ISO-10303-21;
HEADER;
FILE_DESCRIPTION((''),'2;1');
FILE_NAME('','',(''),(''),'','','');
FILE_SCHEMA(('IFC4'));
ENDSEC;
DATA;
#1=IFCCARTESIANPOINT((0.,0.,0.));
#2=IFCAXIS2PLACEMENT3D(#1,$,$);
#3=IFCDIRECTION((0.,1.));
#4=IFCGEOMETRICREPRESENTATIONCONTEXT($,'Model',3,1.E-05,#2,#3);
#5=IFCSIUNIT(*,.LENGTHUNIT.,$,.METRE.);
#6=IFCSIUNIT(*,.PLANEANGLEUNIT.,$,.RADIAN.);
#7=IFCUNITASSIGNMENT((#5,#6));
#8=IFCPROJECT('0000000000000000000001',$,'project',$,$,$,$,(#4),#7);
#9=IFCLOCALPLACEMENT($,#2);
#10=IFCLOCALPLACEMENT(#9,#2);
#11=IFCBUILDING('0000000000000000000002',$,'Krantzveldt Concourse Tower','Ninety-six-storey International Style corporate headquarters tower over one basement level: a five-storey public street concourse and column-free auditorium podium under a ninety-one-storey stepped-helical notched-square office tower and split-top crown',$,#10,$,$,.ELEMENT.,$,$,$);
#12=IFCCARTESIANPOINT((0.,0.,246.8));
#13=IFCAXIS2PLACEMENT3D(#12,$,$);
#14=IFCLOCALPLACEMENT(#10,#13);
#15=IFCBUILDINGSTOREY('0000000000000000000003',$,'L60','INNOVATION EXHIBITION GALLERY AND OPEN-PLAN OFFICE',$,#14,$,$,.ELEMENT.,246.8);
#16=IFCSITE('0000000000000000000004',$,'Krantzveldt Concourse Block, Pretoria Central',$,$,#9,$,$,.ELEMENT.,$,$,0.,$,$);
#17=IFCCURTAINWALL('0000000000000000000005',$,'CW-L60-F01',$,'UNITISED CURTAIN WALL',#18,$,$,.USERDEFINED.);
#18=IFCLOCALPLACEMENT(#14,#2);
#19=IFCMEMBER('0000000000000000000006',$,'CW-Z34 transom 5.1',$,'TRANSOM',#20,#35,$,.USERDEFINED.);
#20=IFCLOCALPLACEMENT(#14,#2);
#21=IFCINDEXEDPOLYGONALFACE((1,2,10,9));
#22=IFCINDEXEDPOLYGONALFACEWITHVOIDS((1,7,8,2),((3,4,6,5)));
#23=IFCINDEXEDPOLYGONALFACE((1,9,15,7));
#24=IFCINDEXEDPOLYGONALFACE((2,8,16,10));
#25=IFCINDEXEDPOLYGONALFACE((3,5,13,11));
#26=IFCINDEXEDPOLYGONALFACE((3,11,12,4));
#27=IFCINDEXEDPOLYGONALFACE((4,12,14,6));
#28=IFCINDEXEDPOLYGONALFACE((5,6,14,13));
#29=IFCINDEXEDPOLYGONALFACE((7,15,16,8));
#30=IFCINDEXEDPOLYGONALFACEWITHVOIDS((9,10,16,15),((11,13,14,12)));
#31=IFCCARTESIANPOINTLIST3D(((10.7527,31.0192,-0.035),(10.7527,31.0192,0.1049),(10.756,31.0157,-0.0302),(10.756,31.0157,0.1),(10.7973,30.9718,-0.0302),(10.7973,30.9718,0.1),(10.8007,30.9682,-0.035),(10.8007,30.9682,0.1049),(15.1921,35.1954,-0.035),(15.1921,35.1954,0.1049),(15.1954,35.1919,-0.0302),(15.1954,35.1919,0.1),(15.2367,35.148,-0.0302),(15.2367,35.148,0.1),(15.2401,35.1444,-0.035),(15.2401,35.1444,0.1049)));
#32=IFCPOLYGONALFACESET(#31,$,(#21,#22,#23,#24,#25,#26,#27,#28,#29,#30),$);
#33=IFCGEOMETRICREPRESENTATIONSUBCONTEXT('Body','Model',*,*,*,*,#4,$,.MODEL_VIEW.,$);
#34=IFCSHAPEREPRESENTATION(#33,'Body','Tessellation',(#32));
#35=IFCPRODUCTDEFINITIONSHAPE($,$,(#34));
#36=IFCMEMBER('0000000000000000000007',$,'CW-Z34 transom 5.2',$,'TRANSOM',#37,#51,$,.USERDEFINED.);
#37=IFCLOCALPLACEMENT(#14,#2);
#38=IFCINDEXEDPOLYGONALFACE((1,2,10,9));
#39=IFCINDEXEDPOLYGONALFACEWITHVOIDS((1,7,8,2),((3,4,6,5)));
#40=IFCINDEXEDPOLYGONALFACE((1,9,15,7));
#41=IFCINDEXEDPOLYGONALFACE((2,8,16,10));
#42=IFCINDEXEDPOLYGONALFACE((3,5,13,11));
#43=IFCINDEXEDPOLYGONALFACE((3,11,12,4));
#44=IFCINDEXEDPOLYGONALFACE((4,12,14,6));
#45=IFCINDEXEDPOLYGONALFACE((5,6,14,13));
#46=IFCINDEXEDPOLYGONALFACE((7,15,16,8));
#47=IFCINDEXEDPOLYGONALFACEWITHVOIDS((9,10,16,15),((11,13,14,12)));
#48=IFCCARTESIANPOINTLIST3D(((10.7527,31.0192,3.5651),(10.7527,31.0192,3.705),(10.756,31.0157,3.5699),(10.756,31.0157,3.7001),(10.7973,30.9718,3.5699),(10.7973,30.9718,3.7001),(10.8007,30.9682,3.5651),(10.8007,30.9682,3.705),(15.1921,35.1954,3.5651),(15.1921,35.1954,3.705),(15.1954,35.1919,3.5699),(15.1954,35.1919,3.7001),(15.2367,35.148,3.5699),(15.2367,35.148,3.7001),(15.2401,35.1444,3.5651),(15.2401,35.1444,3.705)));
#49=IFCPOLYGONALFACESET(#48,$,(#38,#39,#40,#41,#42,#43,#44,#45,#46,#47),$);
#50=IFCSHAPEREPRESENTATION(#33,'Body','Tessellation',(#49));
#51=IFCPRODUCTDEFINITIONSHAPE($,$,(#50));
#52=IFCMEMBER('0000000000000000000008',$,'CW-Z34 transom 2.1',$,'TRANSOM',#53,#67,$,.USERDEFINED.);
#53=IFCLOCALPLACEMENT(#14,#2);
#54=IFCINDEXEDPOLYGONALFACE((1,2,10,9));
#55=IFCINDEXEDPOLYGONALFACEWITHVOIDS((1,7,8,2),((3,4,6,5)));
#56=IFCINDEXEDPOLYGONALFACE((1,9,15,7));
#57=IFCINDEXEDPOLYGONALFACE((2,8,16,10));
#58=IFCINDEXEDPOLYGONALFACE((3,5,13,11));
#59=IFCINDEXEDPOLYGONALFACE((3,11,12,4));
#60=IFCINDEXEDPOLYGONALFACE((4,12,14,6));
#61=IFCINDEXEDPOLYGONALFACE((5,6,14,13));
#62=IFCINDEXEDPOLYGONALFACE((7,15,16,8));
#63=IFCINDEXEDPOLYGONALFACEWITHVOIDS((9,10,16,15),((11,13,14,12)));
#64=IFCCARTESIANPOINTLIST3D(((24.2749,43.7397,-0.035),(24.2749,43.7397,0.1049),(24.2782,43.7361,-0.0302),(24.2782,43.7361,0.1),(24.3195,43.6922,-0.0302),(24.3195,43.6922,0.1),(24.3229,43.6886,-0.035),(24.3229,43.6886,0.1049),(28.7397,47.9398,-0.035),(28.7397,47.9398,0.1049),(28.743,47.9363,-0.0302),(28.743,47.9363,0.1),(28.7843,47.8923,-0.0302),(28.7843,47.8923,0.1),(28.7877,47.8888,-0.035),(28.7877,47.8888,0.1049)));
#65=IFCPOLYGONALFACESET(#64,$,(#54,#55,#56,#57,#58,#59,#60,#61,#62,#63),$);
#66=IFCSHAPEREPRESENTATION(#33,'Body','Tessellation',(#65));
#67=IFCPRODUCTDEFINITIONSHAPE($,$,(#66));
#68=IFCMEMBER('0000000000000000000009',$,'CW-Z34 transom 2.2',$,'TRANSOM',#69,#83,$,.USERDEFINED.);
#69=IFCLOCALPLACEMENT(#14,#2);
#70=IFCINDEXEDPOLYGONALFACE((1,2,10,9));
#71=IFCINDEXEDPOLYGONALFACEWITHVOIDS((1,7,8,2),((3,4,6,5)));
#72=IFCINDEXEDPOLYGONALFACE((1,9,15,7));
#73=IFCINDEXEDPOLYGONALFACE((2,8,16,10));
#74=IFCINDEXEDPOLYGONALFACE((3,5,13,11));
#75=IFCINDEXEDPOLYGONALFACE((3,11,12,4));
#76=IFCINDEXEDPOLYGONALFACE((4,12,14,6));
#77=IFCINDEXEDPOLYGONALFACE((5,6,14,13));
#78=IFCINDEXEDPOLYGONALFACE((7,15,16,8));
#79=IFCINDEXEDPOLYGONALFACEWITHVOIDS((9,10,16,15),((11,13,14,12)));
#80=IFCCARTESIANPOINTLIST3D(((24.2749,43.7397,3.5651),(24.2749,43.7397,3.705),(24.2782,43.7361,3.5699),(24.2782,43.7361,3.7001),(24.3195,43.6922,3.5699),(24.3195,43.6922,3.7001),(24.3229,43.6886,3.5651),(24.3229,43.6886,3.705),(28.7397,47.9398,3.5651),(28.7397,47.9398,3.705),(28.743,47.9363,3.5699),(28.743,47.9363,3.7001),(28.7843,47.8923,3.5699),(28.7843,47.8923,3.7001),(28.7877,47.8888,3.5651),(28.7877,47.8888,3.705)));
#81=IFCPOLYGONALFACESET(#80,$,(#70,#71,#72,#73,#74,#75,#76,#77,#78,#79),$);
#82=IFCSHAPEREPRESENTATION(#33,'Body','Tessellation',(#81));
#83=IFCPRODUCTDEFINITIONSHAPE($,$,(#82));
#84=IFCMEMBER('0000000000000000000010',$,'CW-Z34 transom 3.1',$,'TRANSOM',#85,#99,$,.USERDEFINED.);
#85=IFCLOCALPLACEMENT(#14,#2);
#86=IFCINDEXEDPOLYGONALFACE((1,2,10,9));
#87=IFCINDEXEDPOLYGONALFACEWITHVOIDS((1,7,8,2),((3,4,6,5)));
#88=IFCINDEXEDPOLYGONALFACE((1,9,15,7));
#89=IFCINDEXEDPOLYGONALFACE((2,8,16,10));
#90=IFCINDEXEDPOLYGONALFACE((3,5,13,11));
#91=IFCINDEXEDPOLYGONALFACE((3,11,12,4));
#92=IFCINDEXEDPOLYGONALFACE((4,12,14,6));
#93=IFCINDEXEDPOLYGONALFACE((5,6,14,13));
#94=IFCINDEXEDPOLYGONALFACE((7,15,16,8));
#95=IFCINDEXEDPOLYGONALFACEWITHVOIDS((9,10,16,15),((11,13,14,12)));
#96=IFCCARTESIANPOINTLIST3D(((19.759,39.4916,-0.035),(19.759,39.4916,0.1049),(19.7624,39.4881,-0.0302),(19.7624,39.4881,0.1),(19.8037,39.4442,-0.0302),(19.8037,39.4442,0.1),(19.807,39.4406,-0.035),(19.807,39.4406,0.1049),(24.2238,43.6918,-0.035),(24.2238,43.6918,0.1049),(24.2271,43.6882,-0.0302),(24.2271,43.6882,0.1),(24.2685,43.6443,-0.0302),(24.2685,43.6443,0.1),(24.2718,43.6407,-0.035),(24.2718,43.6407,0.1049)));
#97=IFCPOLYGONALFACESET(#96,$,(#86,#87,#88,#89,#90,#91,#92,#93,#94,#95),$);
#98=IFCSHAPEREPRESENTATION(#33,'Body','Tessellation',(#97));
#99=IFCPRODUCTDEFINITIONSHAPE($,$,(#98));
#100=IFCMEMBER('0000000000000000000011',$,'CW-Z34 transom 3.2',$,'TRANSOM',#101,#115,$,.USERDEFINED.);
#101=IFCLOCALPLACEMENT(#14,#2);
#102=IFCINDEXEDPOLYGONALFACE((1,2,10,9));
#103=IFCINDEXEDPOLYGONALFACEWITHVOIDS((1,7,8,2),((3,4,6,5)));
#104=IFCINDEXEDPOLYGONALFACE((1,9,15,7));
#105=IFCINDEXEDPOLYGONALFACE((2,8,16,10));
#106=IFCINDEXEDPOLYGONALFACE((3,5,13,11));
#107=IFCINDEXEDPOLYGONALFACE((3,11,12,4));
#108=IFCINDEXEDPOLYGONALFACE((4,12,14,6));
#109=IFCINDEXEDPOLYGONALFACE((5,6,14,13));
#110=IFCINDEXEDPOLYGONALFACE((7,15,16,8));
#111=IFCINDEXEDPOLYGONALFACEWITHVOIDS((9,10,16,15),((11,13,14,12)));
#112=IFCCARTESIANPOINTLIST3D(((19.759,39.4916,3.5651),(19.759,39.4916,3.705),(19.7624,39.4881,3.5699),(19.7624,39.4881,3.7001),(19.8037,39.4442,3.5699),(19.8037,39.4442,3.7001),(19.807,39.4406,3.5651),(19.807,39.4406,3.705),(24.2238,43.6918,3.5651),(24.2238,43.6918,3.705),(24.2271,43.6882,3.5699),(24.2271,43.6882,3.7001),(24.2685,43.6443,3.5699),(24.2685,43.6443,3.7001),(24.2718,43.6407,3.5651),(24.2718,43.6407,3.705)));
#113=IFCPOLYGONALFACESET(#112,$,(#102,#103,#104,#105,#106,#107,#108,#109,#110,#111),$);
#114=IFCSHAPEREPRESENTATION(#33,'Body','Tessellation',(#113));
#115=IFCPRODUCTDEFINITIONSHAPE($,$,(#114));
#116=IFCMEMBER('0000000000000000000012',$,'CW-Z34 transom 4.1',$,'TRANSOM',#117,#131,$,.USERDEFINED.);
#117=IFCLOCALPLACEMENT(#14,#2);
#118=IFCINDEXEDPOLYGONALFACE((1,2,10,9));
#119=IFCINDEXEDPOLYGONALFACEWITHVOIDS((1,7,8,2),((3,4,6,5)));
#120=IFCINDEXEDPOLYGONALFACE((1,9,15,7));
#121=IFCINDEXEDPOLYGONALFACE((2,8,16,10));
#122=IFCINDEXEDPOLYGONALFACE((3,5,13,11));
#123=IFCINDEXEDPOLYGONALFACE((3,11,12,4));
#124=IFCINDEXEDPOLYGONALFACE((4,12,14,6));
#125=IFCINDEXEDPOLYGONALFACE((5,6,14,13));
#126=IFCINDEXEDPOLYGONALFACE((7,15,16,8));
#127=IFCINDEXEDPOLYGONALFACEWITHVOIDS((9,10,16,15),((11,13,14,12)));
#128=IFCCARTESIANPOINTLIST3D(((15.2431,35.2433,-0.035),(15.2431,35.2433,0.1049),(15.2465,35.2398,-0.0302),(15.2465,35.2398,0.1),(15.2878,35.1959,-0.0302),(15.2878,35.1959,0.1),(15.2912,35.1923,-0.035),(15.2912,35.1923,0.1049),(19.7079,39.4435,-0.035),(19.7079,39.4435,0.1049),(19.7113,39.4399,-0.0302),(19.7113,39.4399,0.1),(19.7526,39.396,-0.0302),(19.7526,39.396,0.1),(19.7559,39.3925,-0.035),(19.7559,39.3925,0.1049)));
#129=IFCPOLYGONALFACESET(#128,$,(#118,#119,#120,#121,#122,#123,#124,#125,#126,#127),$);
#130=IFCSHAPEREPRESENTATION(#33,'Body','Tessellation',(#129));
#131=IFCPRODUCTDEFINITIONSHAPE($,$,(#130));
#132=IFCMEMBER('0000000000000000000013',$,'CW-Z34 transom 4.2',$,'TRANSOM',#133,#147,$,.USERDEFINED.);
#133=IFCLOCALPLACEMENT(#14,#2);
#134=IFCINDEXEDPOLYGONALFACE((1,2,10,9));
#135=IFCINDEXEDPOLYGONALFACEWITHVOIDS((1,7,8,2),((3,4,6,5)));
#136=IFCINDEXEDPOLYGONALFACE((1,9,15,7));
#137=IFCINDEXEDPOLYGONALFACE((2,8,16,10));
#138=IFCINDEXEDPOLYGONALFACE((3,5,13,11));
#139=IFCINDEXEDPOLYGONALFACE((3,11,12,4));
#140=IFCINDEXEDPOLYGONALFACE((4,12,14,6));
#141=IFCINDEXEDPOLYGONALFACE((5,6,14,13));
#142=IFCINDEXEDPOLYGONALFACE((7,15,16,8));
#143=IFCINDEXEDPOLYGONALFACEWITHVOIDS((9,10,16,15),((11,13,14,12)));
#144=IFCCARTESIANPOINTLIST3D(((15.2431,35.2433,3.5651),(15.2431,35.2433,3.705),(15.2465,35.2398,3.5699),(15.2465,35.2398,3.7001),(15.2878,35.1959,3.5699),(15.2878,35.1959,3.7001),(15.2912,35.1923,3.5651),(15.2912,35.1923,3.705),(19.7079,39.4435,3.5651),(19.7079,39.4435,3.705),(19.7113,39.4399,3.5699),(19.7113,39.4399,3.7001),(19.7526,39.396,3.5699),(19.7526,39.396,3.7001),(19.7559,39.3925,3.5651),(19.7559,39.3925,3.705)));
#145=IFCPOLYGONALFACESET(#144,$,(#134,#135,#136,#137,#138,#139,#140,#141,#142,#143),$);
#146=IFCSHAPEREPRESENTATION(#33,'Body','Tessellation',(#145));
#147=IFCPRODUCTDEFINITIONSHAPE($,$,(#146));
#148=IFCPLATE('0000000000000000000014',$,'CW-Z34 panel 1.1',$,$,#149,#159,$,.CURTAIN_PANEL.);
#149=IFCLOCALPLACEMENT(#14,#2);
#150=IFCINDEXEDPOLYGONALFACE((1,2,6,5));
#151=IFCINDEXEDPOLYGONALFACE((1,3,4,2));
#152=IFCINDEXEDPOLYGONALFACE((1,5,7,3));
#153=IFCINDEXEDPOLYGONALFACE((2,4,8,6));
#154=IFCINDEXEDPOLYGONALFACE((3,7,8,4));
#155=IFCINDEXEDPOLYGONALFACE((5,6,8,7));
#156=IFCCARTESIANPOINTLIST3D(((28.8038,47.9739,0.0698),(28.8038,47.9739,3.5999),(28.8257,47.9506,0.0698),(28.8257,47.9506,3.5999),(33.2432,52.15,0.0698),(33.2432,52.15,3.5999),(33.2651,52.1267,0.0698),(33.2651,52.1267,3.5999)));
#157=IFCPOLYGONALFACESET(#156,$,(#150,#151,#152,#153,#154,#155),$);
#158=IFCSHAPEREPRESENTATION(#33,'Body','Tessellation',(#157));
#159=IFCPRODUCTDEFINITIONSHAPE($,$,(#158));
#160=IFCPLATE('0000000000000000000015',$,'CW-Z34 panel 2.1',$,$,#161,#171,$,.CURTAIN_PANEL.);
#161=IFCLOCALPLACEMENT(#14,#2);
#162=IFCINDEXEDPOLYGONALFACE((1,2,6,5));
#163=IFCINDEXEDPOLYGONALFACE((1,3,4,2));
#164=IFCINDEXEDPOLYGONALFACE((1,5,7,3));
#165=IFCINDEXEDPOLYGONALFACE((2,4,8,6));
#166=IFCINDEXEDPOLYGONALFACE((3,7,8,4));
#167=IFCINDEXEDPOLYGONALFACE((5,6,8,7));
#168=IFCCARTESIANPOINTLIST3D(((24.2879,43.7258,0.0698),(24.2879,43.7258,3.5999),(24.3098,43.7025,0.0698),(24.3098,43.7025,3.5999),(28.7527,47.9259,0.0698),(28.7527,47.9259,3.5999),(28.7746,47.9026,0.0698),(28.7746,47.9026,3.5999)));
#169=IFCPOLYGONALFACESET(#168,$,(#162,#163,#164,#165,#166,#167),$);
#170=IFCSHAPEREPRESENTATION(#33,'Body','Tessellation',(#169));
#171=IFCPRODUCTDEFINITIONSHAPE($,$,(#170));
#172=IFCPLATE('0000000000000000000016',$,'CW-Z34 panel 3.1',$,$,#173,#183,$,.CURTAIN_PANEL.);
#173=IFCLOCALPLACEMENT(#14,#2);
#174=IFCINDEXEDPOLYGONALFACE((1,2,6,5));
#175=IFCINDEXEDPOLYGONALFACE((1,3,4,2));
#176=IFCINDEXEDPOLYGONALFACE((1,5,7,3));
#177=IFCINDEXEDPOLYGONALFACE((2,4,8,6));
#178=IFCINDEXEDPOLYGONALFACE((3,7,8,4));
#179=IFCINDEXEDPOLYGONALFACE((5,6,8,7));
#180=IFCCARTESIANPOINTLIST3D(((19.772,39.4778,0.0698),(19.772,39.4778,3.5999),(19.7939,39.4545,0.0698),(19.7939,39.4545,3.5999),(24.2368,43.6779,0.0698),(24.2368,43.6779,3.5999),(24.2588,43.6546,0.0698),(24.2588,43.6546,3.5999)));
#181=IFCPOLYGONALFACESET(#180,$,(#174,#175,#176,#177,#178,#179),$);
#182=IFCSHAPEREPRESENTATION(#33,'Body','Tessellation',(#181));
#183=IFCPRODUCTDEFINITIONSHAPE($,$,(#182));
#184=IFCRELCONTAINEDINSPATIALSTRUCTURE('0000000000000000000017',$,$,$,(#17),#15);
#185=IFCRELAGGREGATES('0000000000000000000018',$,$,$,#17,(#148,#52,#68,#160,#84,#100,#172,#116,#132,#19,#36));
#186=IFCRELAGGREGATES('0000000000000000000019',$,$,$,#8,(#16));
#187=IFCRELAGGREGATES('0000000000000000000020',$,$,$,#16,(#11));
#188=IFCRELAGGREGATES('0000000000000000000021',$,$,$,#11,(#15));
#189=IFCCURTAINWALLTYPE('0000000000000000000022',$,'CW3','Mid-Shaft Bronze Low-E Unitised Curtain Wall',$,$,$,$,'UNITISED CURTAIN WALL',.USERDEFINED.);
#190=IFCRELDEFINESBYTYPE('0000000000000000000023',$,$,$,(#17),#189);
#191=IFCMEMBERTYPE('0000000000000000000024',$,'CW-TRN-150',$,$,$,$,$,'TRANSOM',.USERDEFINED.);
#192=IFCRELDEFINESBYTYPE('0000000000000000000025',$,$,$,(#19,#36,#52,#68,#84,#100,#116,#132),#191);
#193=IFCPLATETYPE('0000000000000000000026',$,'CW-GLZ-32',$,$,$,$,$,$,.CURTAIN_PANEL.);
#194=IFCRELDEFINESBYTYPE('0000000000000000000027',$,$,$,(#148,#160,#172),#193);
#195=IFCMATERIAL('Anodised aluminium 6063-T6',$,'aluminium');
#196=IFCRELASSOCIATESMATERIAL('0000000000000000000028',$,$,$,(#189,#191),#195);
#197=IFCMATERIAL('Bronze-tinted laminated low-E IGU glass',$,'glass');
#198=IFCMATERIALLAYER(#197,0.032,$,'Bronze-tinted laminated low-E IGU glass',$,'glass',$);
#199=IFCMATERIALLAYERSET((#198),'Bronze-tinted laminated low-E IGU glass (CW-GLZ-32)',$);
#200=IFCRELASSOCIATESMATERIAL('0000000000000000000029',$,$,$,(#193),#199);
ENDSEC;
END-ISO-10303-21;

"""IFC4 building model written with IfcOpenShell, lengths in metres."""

from ifc_helpers import new_model, si_unit, direction, frame, origin, origin_2d, place, context, subcontext, project, spatial, rectangle, hollow_rectangle, extrude, source, transform, mapped, material, layer, layer_set, material_profile, profile_set, type_object, type_shapes, element, aggregate, save


model = new_model("IFC4")

# Units and contexts
model_context = context("Model", 3, precision=1e-05, world=origin(), true_north=direction((0.0, 1.0)))
body_context = subcontext(model_context, "Body", "Model", "MODEL_VIEW")
ifc_project = project(units=[si_unit("LENGTHUNIT", "METRE"), si_unit("PLANEANGLEUNIT", "RADIAN")], contexts=[model_context])

# Site, building, storey
site_placement = place(None, origin())
site = spatial("IfcSite", under=ifc_project, at=site_placement, Name="Krantzveldt Concourse Block, Pretoria Central", CompositionType="ELEMENT", RefElevation=0.0)
building_placement = place(site_placement, origin())
building = spatial("IfcBuilding", under=site, at=building_placement, Name="Krantzveldt Concourse Tower", Description="Ninety-six-storey International Style corporate headquarters tower over one basement level: a five-storey public street concourse and column-free auditorium podium under a ninety-one-storey stepped-helical notched-square office tower and split-top crown", CompositionType="ELEMENT")
storey_placement = place(building_placement, frame((0.0, 0.0, 246.8)))
storey = spatial("IfcBuildingStorey", under=building, at=storey_placement, Name="L60", Description="INNOVATION EXHIBITION GALLERY AND OPEN-PLAN OFFICE", CompositionType="ELEMENT", Elevation=246.8)

# Curtain wall, members, plates
ifc_material_1 = material(Name="Anodised aluminium 6063-T6", Category="aluminium")
curtain_wall_type = type_object("IfcCurtainWallType", Name="CW3", Description="Mid-Shaft Bronze Low-E Unitised Curtain Wall", ElementType="UNITISED CURTAIN WALL", PredefinedType="USERDEFINED", material=ifc_material_1)
curtain_wall_placement = place(storey_placement, origin())
curtain_wall = element("IfcCurtainWall", 1, at=curtain_wall_placement, inside=storey, type_object=curtain_wall_type, Name="CW-L60-F01", ObjectType="UNITISED CURTAIN WALL", PredefinedType="USERDEFINED")
ifc_material_profile_1 = material_profile(ifc_material_1, hollow_rectangle(XDim=0.0701, YDim=0.1399, WallThickness=0.0049, at=origin_2d()), Name="Anodised aluminium 6063-T6", Category="aluminium")
ifc_profile_set_1 = profile_set([ifc_material_profile_1], Name="Anodised aluminium 6063-T6 - ALU-TRAN 140x70x5")
member_type_1 = type_object("IfcMemberType", Name="CW-TRN-150", ElementType="TRANSOM", PredefinedType="USERDEFINED", material=ifc_profile_set_1)
shared_shape_1 = source(origin(), body_context, "Body", "SweptSolid", [
    extrude(hollow_rectangle(XDim=0.0701, YDim=0.1399, WallThickness=0.0049, at=origin_2d()), origin(), (0.0, 0.0, 1.0), 6.095),
])
member_1_placement = place(storey_placement, frame((15.2161, 35.1699, 0.0349), z_axis=(-0.728367, -0.685187, 0.0), x_axis=(0.685187, -0.728367, 0.0)))
member_1 = element("IfcMember", 2, at=member_1_placement, type_object=member_type_1, Name="CW-Z34 transom 5.1", ObjectType="TRANSOM", PredefinedType="USERDEFINED", context=body_context, shape_type="MappedRepresentation", body=[
    mapped(shared_shape_1, transform((0.0, 0.0, 0.0), x_axis=(1.0, 0.0, 0.0), y_axis=(0.0, 1.0, 0.0), z_axis=(0.0, 0.0, 1.0), scale=1.0)),
])
member_2_placement = place(storey_placement, frame((15.2161, 35.1699, 3.635), z_axis=(-0.728367, -0.685187, 0.0), x_axis=(0.685187, -0.728367, 0.0)))
member_2 = element("IfcMember", 3, at=member_2_placement, type_object=member_type_1, Name="CW-Z34 transom 5.2", ObjectType="TRANSOM", PredefinedType="USERDEFINED", context=body_context, shape_type="MappedRepresentation", body=[
    mapped(shared_shape_1, transform((0.0, 0.0, 0.0), x_axis=(1.0, 0.0, 0.0), y_axis=(0.0, 1.0, 0.0), z_axis=(0.0, 0.0, 1.0), scale=1.0)),
])
shared_shape_2 = source(origin(), body_context, "Body", "SweptSolid", [
    extrude(hollow_rectangle(XDim=0.0701, YDim=0.1399, WallThickness=0.0049, at=origin_2d()), origin(), (0.0, 0.0, 1.0), 6.1299),
])
type_shapes(member_type_1, [shared_shape_1, shared_shape_2])
member_3_placement = place(storey_placement, frame((28.7637, 47.9143, 0.0349), z_axis=(-0.728364, -0.685191, 0.0), x_axis=(0.685191, -0.728364, 0.0)))
member_3 = element("IfcMember", 4, at=member_3_placement, type_object=member_type_1, Name="CW-Z34 transom 2.1", ObjectType="TRANSOM", PredefinedType="USERDEFINED", context=body_context, shape_type="MappedRepresentation", body=[
    mapped(shared_shape_2, transform((0.0, 0.0, 0.0), x_axis=(1.0, 0.0, 0.0), y_axis=(0.0, 1.0, 0.0), z_axis=(0.0, 0.0, 1.0), scale=1.0)),
])
member_4_placement = place(storey_placement, frame((28.7637, 47.9143, 3.635), z_axis=(-0.728364, -0.685191, 0.0), x_axis=(0.685191, -0.728364, 0.0)))
member_4 = element("IfcMember", 5, at=member_4_placement, type_object=member_type_1, Name="CW-Z34 transom 2.2", ObjectType="TRANSOM", PredefinedType="USERDEFINED", context=body_context, shape_type="MappedRepresentation", body=[
    mapped(shared_shape_2, transform((0.0, 0.0, 0.0), x_axis=(1.0, 0.0, 0.0), y_axis=(0.0, 1.0, 0.0), z_axis=(0.0, 0.0, 1.0), scale=1.0)),
])
member_5_placement = place(storey_placement, frame((24.2478, 43.6663, 0.0349), z_axis=(-0.728364, -0.685191, 0.0), x_axis=(0.685191, -0.728364, 0.0)))
member_5 = element("IfcMember", 6, at=member_5_placement, type_object=member_type_1, Name="CW-Z34 transom 3.1", ObjectType="TRANSOM", PredefinedType="USERDEFINED", context=body_context, shape_type="MappedRepresentation", body=[
    mapped(shared_shape_2, transform((0.0, 0.0, 0.0), x_axis=(1.0, 0.0, 0.0), y_axis=(0.0, 1.0, 0.0), z_axis=(0.0, 0.0, 1.0), scale=1.0)),
])
member_6_placement = place(storey_placement, frame((24.2478, 43.6663, 3.635), z_axis=(-0.728364, -0.685191, 0.0), x_axis=(0.685191, -0.728364, 0.0)))
member_6 = element("IfcMember", 7, at=member_6_placement, type_object=member_type_1, Name="CW-Z34 transom 3.2", ObjectType="TRANSOM", PredefinedType="USERDEFINED", context=body_context, shape_type="MappedRepresentation", body=[
    mapped(shared_shape_2, transform((0.0, 0.0, 0.0), x_axis=(1.0, 0.0, 0.0), y_axis=(0.0, 1.0, 0.0), z_axis=(0.0, 0.0, 1.0), scale=1.0)),
])
member_7_placement = place(storey_placement, frame((19.7319, 39.418, 0.0349), z_axis=(-0.728364, -0.685191, 0.0), x_axis=(0.685191, -0.728364, 0.0)))
member_7 = element("IfcMember", 8, at=member_7_placement, type_object=member_type_1, Name="CW-Z34 transom 4.1", ObjectType="TRANSOM", PredefinedType="USERDEFINED", context=body_context, shape_type="MappedRepresentation", body=[
    mapped(shared_shape_2, transform((0.0, 0.0, 0.0), x_axis=(1.0, 0.0, 0.0), y_axis=(0.0, 1.0, 0.0), z_axis=(0.0, 0.0, 1.0), scale=1.0)),
])
member_8_placement = place(storey_placement, frame((19.7319, 39.418, 3.635), z_axis=(-0.728364, -0.685191, 0.0), x_axis=(0.685191, -0.728364, 0.0)))
member_8 = element("IfcMember", 9, at=member_8_placement, type_object=member_type_1, Name="CW-Z34 transom 4.2", ObjectType="TRANSOM", PredefinedType="USERDEFINED", context=body_context, shape_type="MappedRepresentation", body=[
    mapped(shared_shape_2, transform((0.0, 0.0, 0.0), x_axis=(1.0, 0.0, 0.0), y_axis=(0.0, 1.0, 0.0), z_axis=(0.0, 0.0, 1.0), scale=1.0)),
])
ifc_material_2 = material(Name="Bronze-tinted laminated low-E IGU glass", Category="glass")
ifc_layer_1 = layer(ifc_material_2, 0.032, Name="Bronze-tinted laminated low-E IGU glass", Category="glass")
ifc_layer_set_1 = layer_set([ifc_layer_1], Name="Bronze-tinted laminated low-E IGU glass (CW-GLZ-32)")
plate_type = type_object("IfcPlateType", Name="CW-GLZ-32", PredefinedType="CURTAIN_PANEL", material=ifc_layer_set_1)
shared_shape_3 = source(origin(), body_context, "Body", "SweptSolid", [
    extrude(rectangle(XDim=6.095, YDim=0.032, at=origin_2d()), origin(), (0.0, 0.0, 1.0), 3.53),
])
plate_1_placement = place(storey_placement, frame((31.0344, 50.0503, 0.0698), z_axis=(0.0, 0.0, 1.0), x_axis=(-0.728371, -0.685183, 0.0)))
plate_1 = element("IfcPlate", 10, at=plate_1_placement, type_object=plate_type, Name="CW-Z34 panel 1.1", PredefinedType="CURTAIN_PANEL", context=body_context, shape_type="MappedRepresentation", body=[
    mapped(shared_shape_3, transform((0.0, 0.0, 0.0), x_axis=(1.0, 0.0, 0.0), y_axis=(0.0, 1.0, 0.0), z_axis=(0.0, 0.0, 1.0), scale=1.0)),
])
shared_shape_4 = source(origin(), body_context, "Body", "SweptSolid", [
    extrude(rectangle(XDim=6.1299, YDim=0.032, at=origin_2d()), origin(), (0.0, 0.0, 1.0), 3.53),
])
type_shapes(plate_type, [shared_shape_3, shared_shape_4])
plate_2_placement = place(storey_placement, frame((26.5312, 45.8142, 0.0698), z_axis=(0.0, 0.0, 1.0), x_axis=(-0.728371, -0.685183, 0.0)))
plate_2 = element("IfcPlate", 11, at=plate_2_placement, type_object=plate_type, Name="CW-Z34 panel 2.1", PredefinedType="CURTAIN_PANEL", context=body_context, shape_type="MappedRepresentation", body=[
    mapped(shared_shape_4, transform((0.0, 0.0, 0.0), x_axis=(1.0, 0.0, 0.0), y_axis=(0.0, 1.0, 0.0), z_axis=(0.0, 0.0, 1.0), scale=1.0)),
])
plate_3_placement = place(storey_placement, frame((22.0154, 41.5662, 0.0698), z_axis=(0.0, 0.0, 1.0), x_axis=(-0.728371, -0.685183, 0.0)))
plate_3 = element("IfcPlate", 12, at=plate_3_placement, type_object=plate_type, Name="CW-Z34 panel 3.1", PredefinedType="CURTAIN_PANEL", context=body_context, shape_type="MappedRepresentation", body=[
    mapped(shared_shape_4, transform((0.0, 0.0, 0.0), x_axis=(1.0, 0.0, 0.0), y_axis=(0.0, 1.0, 0.0), z_axis=(0.0, 0.0, 1.0), scale=1.0)),
])
aggregate(curtain_wall, [plate_1, member_3, member_4, plate_2, member_5, member_6, plate_3, member_7, member_8, member_1, member_2])

save(model, "model.ifc")
